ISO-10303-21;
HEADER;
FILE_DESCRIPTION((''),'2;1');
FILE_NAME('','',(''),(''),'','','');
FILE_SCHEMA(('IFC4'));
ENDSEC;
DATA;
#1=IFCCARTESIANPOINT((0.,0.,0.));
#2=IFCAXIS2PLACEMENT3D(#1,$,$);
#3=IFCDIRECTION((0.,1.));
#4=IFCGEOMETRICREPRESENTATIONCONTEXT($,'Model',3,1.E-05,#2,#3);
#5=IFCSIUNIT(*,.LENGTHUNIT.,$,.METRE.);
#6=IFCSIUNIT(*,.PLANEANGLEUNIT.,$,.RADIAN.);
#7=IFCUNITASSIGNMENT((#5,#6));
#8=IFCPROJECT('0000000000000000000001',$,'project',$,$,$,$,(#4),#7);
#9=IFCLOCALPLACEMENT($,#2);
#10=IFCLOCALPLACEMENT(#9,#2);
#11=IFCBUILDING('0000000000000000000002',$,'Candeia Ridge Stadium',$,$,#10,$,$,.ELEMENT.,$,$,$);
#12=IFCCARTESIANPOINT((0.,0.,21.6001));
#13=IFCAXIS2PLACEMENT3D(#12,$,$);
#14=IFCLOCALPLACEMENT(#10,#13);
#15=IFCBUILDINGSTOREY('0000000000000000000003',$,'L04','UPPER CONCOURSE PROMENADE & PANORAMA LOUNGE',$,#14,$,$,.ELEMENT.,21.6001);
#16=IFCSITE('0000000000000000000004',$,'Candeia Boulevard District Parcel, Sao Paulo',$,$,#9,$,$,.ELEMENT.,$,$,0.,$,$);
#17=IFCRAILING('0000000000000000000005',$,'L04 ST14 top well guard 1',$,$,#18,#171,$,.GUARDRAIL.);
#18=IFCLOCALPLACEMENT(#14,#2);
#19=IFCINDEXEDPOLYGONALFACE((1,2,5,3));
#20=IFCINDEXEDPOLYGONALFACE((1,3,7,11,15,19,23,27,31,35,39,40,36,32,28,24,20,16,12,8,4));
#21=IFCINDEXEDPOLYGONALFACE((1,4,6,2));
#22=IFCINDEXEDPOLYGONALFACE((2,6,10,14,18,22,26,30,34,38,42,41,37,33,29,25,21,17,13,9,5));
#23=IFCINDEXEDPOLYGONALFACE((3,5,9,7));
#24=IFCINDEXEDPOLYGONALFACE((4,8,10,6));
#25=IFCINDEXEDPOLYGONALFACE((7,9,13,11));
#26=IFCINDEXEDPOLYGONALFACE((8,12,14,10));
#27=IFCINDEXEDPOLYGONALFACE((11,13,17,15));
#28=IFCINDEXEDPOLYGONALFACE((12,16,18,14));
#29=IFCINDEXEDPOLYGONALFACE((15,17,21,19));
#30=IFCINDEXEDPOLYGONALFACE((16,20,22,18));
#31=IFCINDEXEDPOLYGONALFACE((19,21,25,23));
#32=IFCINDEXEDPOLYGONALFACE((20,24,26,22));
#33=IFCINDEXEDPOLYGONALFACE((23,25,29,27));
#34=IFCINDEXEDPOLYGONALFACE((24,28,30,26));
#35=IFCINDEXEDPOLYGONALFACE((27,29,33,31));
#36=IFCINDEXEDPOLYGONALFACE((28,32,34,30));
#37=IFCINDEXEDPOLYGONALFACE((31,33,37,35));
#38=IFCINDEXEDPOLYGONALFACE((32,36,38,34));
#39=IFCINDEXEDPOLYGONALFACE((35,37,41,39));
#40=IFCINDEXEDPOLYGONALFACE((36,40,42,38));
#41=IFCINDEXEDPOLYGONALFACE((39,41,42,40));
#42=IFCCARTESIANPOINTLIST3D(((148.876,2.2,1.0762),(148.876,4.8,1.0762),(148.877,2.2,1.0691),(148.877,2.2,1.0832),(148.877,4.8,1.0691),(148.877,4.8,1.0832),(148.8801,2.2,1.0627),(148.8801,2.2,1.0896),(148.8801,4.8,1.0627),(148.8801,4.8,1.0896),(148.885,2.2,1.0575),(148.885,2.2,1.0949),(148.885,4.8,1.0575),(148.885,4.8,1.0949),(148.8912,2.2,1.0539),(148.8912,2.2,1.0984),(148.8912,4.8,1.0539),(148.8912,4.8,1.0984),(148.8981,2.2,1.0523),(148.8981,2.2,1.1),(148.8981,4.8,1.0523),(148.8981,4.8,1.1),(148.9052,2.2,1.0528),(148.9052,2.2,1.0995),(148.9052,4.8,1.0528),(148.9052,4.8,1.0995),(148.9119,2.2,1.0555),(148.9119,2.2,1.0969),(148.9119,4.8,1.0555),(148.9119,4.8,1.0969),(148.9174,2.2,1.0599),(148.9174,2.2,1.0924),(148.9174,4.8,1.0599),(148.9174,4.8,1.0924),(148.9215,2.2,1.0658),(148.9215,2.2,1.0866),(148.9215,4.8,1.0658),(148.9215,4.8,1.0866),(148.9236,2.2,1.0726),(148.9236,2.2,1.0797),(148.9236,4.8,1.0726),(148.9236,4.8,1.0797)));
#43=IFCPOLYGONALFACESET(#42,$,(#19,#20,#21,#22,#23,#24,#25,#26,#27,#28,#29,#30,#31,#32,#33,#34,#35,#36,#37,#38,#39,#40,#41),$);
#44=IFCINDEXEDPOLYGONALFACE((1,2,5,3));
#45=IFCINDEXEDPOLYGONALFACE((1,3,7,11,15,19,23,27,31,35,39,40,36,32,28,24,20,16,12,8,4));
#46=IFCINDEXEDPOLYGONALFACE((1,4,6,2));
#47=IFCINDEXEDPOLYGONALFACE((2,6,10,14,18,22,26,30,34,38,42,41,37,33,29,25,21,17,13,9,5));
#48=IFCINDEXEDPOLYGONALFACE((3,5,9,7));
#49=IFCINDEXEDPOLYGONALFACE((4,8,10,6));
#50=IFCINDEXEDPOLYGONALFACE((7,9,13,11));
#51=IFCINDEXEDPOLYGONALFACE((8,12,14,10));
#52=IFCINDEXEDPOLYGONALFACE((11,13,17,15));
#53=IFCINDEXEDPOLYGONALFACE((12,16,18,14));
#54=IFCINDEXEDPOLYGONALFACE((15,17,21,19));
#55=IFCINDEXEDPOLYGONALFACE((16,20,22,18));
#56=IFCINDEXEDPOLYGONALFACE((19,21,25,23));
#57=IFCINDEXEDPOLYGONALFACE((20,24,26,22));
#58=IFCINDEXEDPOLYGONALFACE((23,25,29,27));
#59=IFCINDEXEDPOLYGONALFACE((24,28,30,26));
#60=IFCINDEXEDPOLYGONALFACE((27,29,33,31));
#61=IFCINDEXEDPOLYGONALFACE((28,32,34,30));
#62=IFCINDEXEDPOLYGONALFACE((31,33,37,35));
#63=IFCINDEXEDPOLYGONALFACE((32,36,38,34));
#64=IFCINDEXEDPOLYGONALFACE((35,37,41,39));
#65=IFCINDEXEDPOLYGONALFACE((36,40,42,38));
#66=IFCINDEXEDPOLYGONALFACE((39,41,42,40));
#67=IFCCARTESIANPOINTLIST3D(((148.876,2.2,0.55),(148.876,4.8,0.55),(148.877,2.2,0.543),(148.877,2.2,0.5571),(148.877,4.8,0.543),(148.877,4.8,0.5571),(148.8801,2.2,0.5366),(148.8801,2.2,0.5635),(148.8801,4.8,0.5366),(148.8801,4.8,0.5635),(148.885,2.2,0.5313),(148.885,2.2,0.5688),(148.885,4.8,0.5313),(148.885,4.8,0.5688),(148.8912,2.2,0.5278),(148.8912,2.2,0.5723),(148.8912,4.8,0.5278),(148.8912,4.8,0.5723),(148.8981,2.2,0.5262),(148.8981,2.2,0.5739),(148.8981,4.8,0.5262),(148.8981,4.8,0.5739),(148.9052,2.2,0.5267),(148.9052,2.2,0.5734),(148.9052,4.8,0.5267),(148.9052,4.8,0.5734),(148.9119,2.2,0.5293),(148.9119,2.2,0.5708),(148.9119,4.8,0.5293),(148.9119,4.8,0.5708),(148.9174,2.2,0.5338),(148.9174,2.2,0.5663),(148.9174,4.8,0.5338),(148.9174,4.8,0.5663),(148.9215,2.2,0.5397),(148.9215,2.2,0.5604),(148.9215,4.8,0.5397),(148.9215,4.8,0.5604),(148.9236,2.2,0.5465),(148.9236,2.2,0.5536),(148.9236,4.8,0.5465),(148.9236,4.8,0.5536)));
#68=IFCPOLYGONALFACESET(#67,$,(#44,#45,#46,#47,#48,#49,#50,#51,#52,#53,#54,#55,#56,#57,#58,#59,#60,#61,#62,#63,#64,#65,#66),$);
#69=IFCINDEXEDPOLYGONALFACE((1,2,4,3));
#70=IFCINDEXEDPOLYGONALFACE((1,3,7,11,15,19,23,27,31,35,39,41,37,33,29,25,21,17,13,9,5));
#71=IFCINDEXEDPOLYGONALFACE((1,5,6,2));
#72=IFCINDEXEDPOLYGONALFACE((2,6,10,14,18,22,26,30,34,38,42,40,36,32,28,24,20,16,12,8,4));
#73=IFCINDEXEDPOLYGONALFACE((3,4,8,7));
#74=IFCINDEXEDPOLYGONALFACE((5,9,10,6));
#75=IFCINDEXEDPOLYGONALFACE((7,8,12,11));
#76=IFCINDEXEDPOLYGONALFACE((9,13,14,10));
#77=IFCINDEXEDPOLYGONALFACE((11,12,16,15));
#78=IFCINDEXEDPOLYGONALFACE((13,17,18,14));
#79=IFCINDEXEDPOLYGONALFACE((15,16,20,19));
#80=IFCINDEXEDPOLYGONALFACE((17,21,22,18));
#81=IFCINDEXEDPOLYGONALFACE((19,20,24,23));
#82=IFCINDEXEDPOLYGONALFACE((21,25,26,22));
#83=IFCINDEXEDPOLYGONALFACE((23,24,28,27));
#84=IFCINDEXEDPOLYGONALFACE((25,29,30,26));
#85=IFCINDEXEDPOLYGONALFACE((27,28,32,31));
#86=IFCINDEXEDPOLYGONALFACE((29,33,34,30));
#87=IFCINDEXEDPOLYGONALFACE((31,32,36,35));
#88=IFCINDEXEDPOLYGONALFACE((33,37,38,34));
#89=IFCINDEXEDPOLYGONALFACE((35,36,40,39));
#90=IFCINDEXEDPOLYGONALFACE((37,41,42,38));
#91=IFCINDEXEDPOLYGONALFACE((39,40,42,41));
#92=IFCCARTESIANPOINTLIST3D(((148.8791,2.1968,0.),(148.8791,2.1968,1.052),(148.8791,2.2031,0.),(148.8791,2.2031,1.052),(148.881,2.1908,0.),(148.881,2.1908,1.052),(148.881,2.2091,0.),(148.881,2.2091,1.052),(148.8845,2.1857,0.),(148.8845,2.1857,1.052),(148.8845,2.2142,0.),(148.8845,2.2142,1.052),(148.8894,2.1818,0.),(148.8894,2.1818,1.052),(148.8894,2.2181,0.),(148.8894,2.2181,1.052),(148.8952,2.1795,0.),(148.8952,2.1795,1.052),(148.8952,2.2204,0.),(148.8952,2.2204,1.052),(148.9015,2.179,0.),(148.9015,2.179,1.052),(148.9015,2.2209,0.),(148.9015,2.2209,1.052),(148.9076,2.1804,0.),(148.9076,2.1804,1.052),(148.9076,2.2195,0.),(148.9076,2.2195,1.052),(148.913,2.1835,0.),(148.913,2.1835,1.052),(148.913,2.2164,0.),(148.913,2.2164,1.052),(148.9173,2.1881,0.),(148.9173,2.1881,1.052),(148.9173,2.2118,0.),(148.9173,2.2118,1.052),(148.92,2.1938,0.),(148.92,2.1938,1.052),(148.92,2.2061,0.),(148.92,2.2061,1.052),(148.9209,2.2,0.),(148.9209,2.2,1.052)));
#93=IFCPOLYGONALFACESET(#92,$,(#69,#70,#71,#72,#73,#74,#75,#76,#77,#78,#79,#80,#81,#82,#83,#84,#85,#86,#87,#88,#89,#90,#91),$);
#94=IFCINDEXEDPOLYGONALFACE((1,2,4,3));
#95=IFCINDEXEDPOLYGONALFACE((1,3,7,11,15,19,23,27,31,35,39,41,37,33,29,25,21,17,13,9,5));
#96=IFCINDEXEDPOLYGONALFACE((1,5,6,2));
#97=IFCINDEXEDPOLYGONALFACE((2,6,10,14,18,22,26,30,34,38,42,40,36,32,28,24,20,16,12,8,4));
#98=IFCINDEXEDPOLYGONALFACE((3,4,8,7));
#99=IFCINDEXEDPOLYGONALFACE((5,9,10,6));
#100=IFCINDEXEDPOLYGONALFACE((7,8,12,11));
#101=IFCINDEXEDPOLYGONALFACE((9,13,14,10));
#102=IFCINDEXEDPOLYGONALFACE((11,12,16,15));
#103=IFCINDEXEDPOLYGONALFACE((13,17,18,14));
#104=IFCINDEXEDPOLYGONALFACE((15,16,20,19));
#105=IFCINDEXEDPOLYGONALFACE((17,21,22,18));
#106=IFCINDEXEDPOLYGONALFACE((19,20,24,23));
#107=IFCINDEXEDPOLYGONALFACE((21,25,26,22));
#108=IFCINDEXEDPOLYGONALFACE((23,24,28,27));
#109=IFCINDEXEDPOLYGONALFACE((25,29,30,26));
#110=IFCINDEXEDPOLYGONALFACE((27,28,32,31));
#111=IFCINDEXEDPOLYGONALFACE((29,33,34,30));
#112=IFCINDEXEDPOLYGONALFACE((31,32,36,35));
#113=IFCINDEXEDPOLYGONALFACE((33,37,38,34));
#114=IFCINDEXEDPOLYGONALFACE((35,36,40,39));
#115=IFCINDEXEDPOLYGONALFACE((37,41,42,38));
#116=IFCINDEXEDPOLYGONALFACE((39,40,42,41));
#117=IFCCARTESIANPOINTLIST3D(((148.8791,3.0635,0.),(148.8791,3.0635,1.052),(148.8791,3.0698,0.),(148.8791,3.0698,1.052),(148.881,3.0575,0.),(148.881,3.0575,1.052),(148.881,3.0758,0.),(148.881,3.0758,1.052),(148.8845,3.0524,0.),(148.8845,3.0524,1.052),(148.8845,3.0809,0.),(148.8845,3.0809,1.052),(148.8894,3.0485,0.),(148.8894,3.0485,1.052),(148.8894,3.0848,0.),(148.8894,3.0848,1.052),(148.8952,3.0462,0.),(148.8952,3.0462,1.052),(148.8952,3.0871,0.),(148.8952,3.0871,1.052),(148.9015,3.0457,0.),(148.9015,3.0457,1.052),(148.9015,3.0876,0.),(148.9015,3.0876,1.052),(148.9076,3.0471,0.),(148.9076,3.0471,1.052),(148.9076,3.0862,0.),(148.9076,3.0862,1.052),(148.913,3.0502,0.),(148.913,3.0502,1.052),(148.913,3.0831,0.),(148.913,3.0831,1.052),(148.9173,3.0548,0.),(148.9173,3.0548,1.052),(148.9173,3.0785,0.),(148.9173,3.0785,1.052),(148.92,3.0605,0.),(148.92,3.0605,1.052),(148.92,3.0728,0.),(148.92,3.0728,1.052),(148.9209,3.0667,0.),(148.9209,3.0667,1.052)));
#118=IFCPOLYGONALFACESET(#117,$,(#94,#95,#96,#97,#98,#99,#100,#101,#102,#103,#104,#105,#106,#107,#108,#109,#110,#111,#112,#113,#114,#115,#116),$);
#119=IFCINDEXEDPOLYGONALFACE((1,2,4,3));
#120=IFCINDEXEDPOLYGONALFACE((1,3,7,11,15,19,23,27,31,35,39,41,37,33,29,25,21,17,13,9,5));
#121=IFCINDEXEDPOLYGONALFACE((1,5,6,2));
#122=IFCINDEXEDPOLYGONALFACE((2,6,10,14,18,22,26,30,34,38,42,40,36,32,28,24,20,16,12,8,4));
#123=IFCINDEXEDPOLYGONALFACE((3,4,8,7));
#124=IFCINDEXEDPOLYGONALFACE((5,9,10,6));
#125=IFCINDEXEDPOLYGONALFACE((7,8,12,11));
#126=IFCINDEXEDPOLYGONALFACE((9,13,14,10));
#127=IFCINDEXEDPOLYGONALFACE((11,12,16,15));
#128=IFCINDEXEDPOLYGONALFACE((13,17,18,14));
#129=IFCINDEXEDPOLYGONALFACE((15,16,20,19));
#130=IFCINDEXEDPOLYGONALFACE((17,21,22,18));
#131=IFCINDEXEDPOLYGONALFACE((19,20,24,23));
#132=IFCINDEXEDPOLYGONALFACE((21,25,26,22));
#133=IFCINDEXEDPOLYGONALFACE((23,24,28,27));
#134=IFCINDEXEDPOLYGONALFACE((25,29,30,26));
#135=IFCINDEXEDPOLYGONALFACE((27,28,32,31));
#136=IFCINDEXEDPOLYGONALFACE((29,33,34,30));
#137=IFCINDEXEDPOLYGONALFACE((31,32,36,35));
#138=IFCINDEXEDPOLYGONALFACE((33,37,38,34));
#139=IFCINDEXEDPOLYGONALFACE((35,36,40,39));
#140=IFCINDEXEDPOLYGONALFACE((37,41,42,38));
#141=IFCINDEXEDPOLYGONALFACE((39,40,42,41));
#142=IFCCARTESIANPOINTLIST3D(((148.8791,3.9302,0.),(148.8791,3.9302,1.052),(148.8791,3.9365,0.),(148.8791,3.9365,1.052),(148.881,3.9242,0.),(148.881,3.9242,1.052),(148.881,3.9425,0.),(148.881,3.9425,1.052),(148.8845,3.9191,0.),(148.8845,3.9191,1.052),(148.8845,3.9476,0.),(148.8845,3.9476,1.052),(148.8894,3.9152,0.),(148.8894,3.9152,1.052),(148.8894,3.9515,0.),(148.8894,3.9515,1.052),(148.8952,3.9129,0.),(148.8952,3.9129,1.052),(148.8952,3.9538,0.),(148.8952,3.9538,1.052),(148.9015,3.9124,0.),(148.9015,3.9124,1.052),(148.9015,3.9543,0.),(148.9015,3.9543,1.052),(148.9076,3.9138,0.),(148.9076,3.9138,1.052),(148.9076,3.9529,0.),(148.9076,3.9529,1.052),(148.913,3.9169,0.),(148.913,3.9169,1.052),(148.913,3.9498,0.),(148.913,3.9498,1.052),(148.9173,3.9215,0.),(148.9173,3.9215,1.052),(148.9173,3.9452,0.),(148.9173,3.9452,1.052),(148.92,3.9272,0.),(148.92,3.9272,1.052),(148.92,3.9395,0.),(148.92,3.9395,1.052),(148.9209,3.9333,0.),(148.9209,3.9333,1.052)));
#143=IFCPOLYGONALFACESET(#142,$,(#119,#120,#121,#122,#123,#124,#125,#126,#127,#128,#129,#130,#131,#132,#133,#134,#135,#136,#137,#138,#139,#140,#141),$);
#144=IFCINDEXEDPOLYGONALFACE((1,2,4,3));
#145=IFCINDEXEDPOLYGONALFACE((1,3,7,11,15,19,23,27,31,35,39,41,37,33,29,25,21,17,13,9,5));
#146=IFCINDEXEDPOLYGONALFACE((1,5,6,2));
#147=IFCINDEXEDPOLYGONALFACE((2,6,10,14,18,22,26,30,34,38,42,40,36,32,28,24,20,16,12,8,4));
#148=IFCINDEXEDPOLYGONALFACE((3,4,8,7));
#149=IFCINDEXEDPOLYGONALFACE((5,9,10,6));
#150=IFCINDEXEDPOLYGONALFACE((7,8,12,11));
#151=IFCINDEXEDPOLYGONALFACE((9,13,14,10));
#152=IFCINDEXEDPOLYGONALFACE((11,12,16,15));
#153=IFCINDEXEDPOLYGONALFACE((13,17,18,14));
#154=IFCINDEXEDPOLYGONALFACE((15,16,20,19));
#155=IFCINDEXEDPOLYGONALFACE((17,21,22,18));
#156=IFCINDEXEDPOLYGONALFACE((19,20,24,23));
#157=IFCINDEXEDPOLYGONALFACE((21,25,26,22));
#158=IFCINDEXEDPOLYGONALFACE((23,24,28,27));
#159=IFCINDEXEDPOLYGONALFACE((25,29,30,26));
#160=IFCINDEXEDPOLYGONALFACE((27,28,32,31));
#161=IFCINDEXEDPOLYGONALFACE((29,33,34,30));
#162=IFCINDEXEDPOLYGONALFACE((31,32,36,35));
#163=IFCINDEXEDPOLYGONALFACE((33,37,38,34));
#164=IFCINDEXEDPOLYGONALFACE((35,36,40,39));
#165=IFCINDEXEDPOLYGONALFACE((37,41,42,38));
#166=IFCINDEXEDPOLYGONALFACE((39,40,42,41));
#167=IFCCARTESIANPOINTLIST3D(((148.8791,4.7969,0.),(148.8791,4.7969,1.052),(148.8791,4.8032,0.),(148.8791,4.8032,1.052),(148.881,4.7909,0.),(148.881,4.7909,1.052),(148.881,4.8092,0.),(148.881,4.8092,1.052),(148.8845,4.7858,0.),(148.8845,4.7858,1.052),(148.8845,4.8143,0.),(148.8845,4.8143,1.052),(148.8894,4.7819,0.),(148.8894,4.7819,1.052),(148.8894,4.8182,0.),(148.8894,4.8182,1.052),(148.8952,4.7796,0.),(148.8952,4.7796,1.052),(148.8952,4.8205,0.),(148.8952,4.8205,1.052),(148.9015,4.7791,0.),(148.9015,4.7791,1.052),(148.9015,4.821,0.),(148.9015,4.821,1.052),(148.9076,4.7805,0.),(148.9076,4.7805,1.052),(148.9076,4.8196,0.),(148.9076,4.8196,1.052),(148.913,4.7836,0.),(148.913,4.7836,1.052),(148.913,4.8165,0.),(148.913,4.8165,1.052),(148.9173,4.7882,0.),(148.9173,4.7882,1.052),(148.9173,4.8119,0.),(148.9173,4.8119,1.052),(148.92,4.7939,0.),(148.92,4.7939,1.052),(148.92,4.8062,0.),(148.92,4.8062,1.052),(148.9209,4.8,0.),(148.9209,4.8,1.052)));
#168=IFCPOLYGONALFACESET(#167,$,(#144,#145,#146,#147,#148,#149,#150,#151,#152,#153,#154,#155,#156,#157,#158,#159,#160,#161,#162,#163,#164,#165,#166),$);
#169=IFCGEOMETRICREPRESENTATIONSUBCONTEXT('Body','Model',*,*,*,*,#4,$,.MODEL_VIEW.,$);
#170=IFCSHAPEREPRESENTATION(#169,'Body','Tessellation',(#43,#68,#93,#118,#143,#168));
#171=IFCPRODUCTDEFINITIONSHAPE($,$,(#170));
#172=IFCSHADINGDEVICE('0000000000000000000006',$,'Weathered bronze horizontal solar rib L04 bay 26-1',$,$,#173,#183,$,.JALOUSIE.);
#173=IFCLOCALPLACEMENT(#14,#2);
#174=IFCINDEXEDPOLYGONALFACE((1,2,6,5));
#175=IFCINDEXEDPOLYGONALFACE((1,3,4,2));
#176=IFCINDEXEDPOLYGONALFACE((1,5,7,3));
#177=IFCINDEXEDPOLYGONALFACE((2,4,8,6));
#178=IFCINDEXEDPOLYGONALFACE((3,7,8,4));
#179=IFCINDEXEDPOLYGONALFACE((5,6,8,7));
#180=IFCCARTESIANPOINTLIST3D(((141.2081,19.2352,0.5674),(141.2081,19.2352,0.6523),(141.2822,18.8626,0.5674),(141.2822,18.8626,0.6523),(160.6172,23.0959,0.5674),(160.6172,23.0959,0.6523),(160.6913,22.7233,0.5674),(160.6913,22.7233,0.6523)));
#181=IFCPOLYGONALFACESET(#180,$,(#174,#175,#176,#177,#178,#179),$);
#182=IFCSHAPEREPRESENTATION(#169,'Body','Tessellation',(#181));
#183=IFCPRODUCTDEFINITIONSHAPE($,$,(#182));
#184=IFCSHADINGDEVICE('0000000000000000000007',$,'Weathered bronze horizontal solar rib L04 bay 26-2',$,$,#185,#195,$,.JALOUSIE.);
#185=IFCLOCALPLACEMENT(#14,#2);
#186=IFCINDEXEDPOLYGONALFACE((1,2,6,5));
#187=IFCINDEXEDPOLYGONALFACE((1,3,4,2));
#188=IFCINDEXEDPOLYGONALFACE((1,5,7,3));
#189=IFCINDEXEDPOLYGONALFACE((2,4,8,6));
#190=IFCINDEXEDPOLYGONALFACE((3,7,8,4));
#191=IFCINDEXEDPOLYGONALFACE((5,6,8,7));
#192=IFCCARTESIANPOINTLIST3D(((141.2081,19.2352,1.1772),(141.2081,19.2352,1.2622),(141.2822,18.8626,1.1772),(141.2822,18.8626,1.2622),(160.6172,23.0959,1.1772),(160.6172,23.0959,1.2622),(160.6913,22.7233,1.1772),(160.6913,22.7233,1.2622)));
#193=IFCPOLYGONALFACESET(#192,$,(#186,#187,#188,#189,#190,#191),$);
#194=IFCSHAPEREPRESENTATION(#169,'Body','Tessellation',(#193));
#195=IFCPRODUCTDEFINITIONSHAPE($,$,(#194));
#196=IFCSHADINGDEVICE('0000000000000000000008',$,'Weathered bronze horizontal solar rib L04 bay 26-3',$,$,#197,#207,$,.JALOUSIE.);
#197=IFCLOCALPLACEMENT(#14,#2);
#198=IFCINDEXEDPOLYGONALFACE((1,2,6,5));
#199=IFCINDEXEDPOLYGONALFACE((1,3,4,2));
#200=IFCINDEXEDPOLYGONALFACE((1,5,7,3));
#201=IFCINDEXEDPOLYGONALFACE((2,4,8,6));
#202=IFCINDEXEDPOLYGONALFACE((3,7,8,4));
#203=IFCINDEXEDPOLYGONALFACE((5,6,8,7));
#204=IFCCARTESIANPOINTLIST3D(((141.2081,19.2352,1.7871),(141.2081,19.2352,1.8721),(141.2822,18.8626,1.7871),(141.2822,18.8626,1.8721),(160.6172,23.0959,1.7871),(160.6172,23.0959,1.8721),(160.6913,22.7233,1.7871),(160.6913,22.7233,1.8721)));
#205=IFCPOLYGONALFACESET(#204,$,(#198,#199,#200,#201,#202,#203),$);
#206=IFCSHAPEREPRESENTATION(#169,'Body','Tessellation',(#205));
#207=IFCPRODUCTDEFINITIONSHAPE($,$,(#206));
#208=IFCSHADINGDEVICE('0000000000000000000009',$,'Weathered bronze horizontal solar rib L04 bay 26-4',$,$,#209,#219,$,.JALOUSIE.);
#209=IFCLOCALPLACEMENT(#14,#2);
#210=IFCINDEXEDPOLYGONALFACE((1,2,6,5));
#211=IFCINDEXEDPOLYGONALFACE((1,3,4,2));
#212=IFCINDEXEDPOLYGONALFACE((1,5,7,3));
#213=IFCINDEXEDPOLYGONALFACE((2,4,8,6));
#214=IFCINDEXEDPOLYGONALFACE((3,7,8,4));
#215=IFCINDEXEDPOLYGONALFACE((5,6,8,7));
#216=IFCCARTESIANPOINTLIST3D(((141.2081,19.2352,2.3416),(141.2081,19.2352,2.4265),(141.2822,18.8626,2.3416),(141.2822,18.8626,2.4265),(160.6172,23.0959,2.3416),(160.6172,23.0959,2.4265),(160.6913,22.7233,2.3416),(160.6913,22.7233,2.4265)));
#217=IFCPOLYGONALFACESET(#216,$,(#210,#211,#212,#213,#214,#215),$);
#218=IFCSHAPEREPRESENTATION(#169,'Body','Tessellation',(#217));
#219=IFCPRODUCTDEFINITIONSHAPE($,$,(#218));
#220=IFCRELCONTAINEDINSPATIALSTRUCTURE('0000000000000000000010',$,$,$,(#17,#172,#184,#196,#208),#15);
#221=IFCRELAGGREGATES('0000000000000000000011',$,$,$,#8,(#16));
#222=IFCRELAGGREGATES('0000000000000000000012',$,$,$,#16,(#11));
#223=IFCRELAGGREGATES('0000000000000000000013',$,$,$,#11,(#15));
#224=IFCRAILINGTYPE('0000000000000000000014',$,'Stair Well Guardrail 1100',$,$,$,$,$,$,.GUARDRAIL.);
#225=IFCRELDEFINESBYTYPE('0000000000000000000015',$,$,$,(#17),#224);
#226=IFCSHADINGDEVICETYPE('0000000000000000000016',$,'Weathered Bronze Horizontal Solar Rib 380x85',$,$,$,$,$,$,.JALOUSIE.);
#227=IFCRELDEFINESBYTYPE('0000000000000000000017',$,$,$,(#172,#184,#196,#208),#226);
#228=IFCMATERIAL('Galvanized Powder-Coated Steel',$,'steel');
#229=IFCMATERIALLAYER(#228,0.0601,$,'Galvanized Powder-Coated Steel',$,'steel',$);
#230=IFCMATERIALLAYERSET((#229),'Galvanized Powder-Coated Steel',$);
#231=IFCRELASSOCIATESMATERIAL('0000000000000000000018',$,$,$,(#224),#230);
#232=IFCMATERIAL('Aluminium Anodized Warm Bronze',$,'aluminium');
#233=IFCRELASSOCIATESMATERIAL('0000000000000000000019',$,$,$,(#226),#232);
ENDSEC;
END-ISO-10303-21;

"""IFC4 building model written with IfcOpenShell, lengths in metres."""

from ifc_helpers import new_model, si_unit, direction, frame, origin, origin_2d, place, context, subcontext, project, spatial, rectangle, circle, extrude, material, layer, layer_set, type_object, element, save


model = new_model("IFC4")

# Units and contexts
model_context = context("Model", 3, precision=1e-05, world=origin(), true_north=direction((0.0, 1.0)))
body_context = subcontext(model_context, "Body", "Model", "MODEL_VIEW")
ifc_project = project(units=[si_unit("LENGTHUNIT", "METRE"), si_unit("PLANEANGLEUNIT", "RADIAN")], contexts=[model_context])

# Site, building, storey
site_placement = place(None, origin())
site = spatial("IfcSite", under=ifc_project, at=site_placement, Name="Candeia Boulevard District Parcel, Sao Paulo", CompositionType="ELEMENT", RefElevation=0.0)
building_placement = place(site_placement, origin())
building = spatial("IfcBuilding", under=site, at=building_placement, Name="Candeia Ridge Stadium", CompositionType="ELEMENT")
storey_placement = place(building_placement, frame((0.0, 0.0, 21.6001)))
storey = spatial("IfcBuildingStorey", under=building, at=storey_placement, Name="L04", Description="UPPER CONCOURSE PROMENADE & PANORAMA LOUNGE", CompositionType="ELEMENT", Elevation=21.6001)

# Shared definitions
ifc_material_1 = material(Name="Aluminium Anodized Warm Bronze", Category="aluminium")

# Railing
ifc_material_2 = material(Name="Galvanized Powder-Coated Steel", Category="steel")
ifc_layer_1 = layer(ifc_material_2, 0.0601, Name="Galvanized Powder-Coated Steel", Category="steel")
ifc_layer_set_1 = layer_set([ifc_layer_1], Name="Galvanized Powder-Coated Steel")
railing_type = type_object("IfcRailingType", Name="Stair Well Guardrail 1100", PredefinedType="GUARDRAIL", material=ifc_layer_set_1)
railing_placement = place(storey_placement, frame((148.8999, 2.2, 0.0)))
element("IfcRailing", 1, at=railing_placement, inside=storey, type_object=railing_type, Name="L04 ST14 top well guard 1", PredefinedType="GUARDRAIL", context=body_context, shape_type="SweptSolid", body=[
    extrude(circle(Radius=0.0239, at=origin_2d()), frame((0.0, 0.0, 1.0762), z_axis=(0.0, 1.0, 0.0), x_axis=(-1.0, 0.0, 0.0)), (0.0, 0.0, 1.0), 2.6001),
    extrude(circle(Radius=0.0239, at=origin_2d()), frame((0.0, 0.0, 0.55), z_axis=(0.0, 1.0, 0.0), x_axis=(-1.0, 0.0, 0.0)), (0.0, 0.0, 1.0), 2.6001),
    extrude(circle(Radius=0.021, at=origin_2d()), origin(), (0.0, 0.0, 1.0), 1.052),
    extrude(circle(Radius=0.021, at=origin_2d()), frame((0.0, 0.8667, 0.0)), (0.0, 0.0, 1.0), 1.052),
    extrude(circle(Radius=0.021, at=origin_2d()), frame((0.0, 1.7334, 0.0)), (0.0, 0.0, 1.0), 1.052),
    extrude(circle(Radius=0.021, at=origin_2d()), frame((0.0, 2.6001, 0.0)), (0.0, 0.0, 1.0), 1.052),
])

# Shading devices
shading_device_type = type_object("IfcShadingDeviceType", Name="Weathered Bronze Horizontal Solar Rib 380x85", PredefinedType="JALOUSIE", material=ifc_material_1)
for number, where, z_axis, x_axis, name in (
    (2, (150.9497, 20.9792, 0.5674), (0.0, 0.0, 1.0), (0.980785, 0.19509, 0.0), "Weathered bronze horizontal solar rib L04 bay 26-1"),
    (3, (150.9497, 20.9792, 1.1772), (0.0, 0.0, 1.0), (0.980785, 0.19509, 0.0), "Weathered bronze horizontal solar rib L04 bay 26-2"),
    (4, (150.9497, 20.9792, 1.7871), (0.0, 0.0, 1.0), (0.980785, 0.19509, 0.0), "Weathered bronze horizontal solar rib L04 bay 26-3"),
    (5, (150.9497, 20.9792, 2.3416), (0.0, 0.0, 1.0), (0.980785, 0.19509, 0.0), "Weathered bronze horizontal solar rib L04 bay 26-4"),
):
    element("IfcShadingDevice", number, at=place(storey_placement, frame(where, z_axis=z_axis, x_axis=x_axis)), inside=storey, type_object=shading_device_type, Name=name, PredefinedType="JALOUSIE", context=body_context, shape_type="SweptSolid", body=[
        extrude(rectangle(XDim=19.7893, YDim=0.3799, at=origin_2d()), origin(), (0.0, 0.0, 1.0), 0.085),
    ])

save(model, "model.ifc")
